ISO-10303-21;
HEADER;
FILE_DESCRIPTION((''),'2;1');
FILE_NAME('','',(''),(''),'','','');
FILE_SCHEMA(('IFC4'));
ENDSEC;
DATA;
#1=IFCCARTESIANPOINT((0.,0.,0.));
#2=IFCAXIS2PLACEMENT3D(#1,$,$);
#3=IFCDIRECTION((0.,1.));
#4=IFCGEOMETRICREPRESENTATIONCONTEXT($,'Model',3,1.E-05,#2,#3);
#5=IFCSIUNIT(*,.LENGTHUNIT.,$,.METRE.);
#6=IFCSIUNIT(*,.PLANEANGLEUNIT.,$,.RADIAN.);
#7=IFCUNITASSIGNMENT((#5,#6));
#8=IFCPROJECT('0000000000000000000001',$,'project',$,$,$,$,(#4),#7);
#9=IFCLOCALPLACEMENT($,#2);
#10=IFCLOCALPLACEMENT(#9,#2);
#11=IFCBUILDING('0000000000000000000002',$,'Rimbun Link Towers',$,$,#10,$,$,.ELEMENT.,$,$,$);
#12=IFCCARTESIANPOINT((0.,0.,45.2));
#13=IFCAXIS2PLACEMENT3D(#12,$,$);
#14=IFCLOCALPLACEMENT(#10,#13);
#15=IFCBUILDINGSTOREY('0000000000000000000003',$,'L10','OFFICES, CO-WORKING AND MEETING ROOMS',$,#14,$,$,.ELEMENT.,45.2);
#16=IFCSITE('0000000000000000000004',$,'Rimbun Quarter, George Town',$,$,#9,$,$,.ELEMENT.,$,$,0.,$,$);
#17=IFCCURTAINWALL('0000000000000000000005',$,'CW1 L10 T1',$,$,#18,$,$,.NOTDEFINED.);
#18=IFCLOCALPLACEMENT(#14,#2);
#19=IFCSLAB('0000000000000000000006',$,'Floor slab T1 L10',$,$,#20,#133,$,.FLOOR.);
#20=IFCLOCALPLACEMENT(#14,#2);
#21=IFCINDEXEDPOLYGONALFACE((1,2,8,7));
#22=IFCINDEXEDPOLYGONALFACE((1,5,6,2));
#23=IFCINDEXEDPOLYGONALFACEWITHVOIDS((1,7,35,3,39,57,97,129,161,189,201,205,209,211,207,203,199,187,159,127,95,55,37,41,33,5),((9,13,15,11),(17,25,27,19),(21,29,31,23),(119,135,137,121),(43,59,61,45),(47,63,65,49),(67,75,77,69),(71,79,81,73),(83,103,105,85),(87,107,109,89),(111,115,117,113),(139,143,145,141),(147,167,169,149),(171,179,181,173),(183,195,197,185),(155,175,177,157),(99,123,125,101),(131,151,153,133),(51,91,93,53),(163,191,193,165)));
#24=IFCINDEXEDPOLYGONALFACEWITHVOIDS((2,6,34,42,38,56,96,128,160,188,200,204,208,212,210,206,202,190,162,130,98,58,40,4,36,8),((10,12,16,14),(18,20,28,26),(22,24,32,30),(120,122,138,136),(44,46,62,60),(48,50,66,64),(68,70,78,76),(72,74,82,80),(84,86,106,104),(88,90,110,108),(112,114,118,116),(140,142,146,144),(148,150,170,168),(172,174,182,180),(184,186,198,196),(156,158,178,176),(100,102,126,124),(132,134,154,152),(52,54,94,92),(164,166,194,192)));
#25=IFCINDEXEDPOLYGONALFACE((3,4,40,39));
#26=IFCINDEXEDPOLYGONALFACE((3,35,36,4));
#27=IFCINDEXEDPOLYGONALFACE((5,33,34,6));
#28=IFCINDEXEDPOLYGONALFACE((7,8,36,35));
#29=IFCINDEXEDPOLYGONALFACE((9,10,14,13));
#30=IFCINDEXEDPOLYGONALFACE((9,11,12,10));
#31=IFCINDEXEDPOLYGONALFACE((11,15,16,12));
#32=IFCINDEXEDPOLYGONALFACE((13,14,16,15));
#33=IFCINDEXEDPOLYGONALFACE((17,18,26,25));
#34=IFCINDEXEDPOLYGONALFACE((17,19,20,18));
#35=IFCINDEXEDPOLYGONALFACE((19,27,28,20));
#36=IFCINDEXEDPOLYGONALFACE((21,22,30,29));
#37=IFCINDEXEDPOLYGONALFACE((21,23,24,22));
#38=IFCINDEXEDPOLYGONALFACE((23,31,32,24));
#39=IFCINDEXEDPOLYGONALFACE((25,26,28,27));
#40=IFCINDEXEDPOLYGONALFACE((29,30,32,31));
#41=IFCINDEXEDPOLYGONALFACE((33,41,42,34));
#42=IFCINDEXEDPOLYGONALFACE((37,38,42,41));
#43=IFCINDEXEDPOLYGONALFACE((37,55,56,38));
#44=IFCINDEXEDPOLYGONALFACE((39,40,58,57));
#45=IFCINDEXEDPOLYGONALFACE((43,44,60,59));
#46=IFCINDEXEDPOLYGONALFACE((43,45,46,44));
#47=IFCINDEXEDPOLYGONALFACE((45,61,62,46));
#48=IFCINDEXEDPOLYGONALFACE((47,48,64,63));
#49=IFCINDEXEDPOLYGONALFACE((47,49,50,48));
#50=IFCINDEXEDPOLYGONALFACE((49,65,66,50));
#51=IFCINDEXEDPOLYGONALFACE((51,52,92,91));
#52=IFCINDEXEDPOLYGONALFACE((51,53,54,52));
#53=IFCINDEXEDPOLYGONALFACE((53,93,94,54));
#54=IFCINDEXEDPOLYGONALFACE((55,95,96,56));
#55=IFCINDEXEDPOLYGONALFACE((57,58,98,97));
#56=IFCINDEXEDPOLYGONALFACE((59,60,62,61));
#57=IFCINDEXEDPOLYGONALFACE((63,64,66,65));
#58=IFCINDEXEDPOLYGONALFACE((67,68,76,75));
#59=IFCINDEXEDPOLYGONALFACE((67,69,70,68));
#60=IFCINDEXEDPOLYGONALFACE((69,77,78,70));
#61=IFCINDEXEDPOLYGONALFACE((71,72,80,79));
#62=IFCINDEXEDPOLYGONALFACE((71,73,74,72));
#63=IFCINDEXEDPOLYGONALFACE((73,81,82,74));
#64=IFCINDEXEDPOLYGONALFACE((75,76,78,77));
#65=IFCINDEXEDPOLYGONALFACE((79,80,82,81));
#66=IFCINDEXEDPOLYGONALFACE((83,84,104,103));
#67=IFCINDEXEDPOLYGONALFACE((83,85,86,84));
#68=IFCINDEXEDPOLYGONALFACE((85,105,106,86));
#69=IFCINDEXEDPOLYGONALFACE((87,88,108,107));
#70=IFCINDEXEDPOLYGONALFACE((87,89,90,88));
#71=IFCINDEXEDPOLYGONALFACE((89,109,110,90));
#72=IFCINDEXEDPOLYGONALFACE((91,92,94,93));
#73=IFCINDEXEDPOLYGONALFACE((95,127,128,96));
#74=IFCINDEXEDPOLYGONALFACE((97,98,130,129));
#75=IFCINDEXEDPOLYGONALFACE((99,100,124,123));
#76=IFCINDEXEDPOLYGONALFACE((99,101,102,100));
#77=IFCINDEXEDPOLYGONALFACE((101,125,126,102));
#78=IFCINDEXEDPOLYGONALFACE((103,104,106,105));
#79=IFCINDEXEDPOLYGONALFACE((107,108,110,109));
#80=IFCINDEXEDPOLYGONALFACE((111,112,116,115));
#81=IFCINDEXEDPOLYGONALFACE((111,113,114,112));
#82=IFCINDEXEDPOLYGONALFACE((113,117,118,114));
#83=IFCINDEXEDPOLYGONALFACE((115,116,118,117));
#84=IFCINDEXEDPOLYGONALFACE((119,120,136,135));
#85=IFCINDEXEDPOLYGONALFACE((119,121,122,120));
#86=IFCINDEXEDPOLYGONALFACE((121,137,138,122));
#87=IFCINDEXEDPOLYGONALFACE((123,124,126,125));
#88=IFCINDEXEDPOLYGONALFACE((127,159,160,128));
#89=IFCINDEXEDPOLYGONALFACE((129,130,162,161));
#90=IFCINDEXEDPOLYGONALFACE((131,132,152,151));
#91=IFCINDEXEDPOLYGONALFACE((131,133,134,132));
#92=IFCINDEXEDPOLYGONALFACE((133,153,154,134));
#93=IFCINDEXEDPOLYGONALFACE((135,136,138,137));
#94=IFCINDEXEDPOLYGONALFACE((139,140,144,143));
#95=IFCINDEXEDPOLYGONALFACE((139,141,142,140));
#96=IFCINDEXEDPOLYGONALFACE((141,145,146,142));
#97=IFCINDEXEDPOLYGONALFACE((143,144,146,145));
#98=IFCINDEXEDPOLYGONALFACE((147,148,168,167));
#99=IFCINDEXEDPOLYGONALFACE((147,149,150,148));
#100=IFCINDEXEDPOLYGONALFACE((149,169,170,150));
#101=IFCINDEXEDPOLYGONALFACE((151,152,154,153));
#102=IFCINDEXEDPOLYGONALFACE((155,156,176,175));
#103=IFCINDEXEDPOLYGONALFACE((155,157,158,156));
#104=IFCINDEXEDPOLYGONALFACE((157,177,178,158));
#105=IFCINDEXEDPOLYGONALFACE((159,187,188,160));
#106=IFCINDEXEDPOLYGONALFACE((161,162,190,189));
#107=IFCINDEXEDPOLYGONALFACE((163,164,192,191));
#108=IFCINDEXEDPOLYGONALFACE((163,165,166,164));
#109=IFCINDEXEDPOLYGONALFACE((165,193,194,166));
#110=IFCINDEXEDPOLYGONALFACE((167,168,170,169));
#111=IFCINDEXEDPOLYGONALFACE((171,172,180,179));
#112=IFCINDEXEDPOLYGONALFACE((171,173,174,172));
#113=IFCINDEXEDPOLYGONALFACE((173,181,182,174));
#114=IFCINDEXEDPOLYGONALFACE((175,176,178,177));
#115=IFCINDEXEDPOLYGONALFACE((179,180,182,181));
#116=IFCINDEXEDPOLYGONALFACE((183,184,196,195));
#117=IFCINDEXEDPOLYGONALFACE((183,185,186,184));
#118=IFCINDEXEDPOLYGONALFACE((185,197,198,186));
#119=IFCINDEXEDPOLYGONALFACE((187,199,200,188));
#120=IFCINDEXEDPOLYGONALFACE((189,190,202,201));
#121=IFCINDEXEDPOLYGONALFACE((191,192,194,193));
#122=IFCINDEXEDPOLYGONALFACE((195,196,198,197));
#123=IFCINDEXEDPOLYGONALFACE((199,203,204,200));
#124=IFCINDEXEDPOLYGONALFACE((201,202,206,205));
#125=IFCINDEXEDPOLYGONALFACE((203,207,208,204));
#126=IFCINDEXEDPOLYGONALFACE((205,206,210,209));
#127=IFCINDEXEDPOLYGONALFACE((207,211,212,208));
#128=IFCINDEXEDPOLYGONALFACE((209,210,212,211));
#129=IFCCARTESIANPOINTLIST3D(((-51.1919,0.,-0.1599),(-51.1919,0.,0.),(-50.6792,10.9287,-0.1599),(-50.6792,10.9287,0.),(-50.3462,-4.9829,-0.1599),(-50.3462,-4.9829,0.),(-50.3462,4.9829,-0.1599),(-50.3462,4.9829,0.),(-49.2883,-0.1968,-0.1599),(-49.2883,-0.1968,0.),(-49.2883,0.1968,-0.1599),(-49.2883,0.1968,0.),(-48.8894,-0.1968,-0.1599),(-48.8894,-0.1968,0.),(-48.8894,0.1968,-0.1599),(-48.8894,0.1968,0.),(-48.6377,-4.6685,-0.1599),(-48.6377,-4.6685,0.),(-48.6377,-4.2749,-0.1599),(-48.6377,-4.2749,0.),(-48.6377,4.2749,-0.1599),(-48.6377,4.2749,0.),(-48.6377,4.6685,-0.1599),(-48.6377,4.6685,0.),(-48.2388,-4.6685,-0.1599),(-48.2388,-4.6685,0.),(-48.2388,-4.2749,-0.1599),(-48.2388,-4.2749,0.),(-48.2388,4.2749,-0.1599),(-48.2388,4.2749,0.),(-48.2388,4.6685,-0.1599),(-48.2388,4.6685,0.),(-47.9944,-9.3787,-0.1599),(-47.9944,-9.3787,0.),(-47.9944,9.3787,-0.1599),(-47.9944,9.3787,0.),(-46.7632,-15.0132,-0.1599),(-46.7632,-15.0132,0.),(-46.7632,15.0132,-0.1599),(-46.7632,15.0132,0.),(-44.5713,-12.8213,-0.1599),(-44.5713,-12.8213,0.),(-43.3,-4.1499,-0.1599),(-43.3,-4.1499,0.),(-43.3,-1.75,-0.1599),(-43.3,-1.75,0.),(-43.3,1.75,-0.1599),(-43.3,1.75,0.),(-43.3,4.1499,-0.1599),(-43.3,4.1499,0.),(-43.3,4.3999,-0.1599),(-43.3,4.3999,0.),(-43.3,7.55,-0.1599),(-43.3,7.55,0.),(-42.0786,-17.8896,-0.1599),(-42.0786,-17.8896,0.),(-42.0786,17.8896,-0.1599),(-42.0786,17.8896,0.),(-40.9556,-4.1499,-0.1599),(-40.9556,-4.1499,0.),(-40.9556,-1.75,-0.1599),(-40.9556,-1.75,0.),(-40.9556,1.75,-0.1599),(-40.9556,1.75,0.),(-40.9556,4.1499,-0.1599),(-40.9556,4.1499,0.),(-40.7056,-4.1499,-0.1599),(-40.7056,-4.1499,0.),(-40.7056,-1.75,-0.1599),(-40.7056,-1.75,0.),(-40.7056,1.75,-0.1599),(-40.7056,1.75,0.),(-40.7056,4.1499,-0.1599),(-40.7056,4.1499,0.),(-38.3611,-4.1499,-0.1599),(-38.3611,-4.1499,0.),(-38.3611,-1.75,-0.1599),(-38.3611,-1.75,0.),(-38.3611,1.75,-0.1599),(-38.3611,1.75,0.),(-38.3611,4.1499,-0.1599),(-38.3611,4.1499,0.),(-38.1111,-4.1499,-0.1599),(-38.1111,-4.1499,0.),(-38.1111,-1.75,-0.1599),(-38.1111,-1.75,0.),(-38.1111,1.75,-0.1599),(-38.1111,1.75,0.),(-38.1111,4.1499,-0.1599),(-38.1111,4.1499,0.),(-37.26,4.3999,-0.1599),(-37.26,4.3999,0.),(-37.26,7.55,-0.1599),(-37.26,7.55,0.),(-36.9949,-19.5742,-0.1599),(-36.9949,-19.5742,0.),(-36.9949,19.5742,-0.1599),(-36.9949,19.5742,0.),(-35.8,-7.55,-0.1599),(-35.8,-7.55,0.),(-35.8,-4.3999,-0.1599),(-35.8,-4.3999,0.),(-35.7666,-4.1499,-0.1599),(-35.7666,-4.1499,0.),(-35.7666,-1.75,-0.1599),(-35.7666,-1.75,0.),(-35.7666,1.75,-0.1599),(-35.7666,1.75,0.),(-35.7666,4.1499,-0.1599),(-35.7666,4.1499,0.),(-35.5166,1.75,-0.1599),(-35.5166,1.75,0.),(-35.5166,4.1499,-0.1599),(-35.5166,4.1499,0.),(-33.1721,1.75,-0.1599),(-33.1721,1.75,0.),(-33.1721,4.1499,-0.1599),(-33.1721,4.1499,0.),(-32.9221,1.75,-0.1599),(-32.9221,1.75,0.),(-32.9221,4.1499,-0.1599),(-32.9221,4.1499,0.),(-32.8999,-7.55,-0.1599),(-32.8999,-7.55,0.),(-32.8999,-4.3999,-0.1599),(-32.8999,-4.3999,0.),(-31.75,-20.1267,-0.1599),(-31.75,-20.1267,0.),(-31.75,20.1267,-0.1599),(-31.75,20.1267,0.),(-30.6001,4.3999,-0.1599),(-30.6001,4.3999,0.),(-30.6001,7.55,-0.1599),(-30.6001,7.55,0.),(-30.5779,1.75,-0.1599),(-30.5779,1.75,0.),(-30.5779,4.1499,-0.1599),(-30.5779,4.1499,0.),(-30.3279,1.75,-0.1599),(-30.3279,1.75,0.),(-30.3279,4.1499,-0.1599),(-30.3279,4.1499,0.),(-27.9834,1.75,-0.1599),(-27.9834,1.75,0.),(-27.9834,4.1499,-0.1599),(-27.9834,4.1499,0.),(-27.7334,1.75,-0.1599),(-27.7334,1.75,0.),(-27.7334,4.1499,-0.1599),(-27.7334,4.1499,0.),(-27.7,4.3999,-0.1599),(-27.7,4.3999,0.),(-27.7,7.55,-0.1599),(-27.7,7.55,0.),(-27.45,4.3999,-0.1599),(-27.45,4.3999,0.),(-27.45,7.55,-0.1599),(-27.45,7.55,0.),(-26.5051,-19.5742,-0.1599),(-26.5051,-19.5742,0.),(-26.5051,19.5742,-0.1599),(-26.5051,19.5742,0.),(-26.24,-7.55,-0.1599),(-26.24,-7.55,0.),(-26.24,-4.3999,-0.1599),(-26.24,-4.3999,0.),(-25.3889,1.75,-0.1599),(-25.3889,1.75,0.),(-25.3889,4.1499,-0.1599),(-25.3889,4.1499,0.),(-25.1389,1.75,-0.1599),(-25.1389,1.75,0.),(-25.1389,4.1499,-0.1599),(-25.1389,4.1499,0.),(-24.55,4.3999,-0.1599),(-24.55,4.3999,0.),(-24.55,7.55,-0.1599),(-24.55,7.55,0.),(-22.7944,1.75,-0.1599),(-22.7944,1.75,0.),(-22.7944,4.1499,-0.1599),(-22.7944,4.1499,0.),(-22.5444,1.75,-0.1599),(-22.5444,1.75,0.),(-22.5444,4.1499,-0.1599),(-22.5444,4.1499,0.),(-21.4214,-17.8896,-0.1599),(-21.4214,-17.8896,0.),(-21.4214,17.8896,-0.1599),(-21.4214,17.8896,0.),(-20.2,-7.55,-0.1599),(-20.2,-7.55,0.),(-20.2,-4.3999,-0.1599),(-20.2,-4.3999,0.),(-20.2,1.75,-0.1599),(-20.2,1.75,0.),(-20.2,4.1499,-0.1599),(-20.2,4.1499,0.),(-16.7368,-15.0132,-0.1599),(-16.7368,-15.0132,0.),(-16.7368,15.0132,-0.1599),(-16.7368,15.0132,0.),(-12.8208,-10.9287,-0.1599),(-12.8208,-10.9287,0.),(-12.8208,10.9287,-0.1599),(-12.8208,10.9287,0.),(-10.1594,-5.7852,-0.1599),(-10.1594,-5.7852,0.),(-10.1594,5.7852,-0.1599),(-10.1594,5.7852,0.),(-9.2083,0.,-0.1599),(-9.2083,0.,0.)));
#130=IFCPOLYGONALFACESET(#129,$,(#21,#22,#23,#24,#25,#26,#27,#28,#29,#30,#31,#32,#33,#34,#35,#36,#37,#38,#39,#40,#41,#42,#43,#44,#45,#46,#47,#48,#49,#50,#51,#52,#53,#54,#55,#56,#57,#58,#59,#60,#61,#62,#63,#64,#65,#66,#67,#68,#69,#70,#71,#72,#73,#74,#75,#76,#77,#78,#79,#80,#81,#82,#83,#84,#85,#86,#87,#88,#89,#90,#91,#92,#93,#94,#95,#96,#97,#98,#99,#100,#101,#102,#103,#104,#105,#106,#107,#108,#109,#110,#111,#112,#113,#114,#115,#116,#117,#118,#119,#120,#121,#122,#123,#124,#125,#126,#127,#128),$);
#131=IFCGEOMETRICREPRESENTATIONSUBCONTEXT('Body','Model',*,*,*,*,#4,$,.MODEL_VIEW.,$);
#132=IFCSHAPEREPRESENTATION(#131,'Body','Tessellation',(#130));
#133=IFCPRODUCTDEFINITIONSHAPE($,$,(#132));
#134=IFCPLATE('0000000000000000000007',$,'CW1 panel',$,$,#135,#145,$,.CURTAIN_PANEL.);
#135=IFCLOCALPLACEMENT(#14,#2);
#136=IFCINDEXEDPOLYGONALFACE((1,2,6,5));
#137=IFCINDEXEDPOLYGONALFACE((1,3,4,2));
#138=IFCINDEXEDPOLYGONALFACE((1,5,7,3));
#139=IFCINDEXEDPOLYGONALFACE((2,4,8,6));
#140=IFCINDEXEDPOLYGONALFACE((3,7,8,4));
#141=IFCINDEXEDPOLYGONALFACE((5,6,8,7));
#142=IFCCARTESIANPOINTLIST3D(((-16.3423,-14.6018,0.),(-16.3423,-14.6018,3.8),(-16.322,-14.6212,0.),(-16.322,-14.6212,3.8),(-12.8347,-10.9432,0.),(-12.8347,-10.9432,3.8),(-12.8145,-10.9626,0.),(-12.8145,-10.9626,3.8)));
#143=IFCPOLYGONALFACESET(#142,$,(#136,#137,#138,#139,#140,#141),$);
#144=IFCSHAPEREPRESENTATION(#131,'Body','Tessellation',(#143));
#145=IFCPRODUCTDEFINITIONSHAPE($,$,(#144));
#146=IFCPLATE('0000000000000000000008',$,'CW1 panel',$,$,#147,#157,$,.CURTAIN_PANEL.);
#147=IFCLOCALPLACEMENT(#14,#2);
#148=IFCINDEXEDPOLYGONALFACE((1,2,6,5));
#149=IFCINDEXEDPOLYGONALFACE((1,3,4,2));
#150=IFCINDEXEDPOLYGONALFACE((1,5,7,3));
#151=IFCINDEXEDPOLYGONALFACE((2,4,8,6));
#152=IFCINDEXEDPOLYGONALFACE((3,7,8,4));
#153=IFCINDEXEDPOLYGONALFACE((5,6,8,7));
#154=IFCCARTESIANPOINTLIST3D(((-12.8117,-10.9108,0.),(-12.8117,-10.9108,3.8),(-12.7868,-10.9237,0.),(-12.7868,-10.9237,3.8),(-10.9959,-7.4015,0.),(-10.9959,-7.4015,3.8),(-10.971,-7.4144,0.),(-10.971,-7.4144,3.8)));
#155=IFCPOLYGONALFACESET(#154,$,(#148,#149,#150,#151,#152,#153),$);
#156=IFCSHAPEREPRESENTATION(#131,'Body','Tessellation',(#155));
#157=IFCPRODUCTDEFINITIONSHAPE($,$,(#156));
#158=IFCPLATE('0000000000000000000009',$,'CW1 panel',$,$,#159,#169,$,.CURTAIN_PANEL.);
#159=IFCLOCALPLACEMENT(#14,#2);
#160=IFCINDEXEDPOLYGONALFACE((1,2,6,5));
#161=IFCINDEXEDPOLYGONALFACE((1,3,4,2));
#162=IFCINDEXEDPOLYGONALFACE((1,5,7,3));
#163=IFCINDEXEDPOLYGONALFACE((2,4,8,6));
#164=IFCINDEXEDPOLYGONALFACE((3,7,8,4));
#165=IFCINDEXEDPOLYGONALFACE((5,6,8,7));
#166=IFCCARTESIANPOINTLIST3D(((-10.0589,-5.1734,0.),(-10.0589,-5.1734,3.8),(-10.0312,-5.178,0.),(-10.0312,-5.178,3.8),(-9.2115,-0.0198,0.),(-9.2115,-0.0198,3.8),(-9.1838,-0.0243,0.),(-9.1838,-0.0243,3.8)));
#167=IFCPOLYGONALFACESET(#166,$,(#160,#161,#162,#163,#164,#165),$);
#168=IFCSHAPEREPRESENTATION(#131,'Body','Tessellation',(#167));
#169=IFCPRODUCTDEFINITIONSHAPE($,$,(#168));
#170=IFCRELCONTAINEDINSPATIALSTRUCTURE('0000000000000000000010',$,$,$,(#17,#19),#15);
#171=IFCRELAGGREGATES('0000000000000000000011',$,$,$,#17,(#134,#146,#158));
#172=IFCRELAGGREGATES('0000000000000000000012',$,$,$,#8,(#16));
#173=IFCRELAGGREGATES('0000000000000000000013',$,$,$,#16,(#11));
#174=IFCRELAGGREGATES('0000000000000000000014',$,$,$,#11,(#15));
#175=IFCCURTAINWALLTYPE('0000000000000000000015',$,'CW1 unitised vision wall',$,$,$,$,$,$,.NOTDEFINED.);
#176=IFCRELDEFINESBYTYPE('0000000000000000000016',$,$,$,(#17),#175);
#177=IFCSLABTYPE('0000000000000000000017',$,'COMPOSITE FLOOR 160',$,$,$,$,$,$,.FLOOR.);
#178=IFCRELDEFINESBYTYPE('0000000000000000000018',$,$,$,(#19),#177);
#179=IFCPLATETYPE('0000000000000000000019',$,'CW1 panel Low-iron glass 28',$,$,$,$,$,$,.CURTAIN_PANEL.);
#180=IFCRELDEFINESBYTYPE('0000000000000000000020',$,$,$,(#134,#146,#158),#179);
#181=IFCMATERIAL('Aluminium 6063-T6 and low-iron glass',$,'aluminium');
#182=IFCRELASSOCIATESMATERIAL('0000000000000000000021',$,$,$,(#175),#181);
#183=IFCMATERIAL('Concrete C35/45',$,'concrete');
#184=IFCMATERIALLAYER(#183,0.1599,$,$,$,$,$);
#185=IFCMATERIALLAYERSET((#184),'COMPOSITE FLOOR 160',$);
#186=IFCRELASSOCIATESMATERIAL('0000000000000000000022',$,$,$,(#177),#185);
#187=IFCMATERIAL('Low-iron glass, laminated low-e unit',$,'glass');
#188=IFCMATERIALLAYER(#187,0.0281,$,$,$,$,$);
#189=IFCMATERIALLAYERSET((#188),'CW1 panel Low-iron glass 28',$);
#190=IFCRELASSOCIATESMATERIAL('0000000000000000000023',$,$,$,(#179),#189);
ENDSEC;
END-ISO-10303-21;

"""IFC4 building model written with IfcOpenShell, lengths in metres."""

from ifc_helpers import new_model, si_unit, direction, frame, origin, origin_2d, place, context, subcontext, project, spatial, polyline, rectangle, outline, extrude, material, layer, layer_set, type_object, element, aggregate, save


model = new_model("IFC4")

# Units and contexts
model_context = context("Model", 3, precision=1e-05, world=origin(), true_north=direction((0.0, 1.0)))
body_context = subcontext(model_context, "Body", "Model", "MODEL_VIEW")
ifc_project = project(units=[si_unit("LENGTHUNIT", "METRE"), si_unit("PLANEANGLEUNIT", "RADIAN")], contexts=[model_context])

# Site, building, storey
site_placement = place(None, origin())
site = spatial("IfcSite", under=ifc_project, at=site_placement, Name="Rimbun Quarter, George Town", CompositionType="ELEMENT", RefElevation=0.0)
building_placement = place(site_placement, origin())
building = spatial("IfcBuilding", under=site, at=building_placement, Name="Rimbun Link Towers", CompositionType="ELEMENT")
storey_placement = place(building_placement, frame((0.0, 0.0, 45.2)))
storey = spatial("IfcBuildingStorey", under=building, at=storey_placement, Name="L10", Description="OFFICES, CO-WORKING AND MEETING ROOMS", CompositionType="ELEMENT", Elevation=45.2)

# Curtain wall
ifc_material_1 = material(Name="Aluminium 6063-T6 and low-iron glass", Category="aluminium")
curtain_wall_type = type_object("IfcCurtainWallType", Name="CW1 unitised vision wall", PredefinedType="NOTDEFINED", material=ifc_material_1)
curtain_wall_placement = place(storey_placement, origin())
curtain_wall = element("IfcCurtainWall", 1, at=curtain_wall_placement, inside=storey, type_object=curtain_wall_type, Name="CW1 L10 T1", PredefinedType="NOTDEFINED")

# Slab
ifc_material_2 = material(Name="Concrete C35/45", Category="concrete")
ifc_layer_1 = layer(ifc_material_2, 0.1599)
ifc_layer_set_1 = layer_set([ifc_layer_1], Name="COMPOSITE FLOOR 160")
slab_type = type_object("IfcSlabType", Name="COMPOSITE FLOOR 160", PredefinedType="FLOOR", material=ifc_layer_set_1)
slab_placement = place(storey_placement, frame((0.0, 0.0, -0.1599)))
element("IfcSlab", 2, at=slab_placement, inside=storey, type_object=slab_type, Name="Floor slab T1 L10", PredefinedType="FLOOR", context=body_context, shape_type="SweptSolid", body=[
    extrude(outline(polyline([(-46.7632, 15.0132), (-42.0786, 17.8896), (-36.9949, 19.5742), (-31.75, 20.1267), (-26.5051, 19.5742), (-21.4214, 17.8896), (-16.7368, 15.0132), (-12.8208, 10.9287), (-10.1594, 5.7852), (-9.2083, 0.0), (-10.1594, -5.7852), (-12.8208, -10.9287), (-16.7368, -15.0132), (-21.4214, -17.8896), (-26.5051, -19.5742), (-31.75, -20.1267), (-36.9949, -19.5742), (-42.0786, -17.8896), (-46.7632, -15.0132), (-44.5713, -12.8213), (-47.9944, -9.3787), (-50.3462, -4.9829), (-51.1919, 0.0), (-50.3462, 4.9829), (-47.9944, 9.3787), (-50.6792, 10.9287), (-46.7632, 15.0132)]), holes=[polyline([(-48.2388, -4.6685), (-48.2388, -4.2749), (-48.6377, -4.2749), (-48.6377, -4.6685), (-48.2388, -4.6685)]), polyline([(-40.9556, -4.1499), (-40.9556, -1.75), (-43.3, -1.75), (-43.3, -4.1499), (-40.9556, -4.1499)]), polyline([(-38.3611, -4.1499), (-38.3611, -1.75), (-40.7056, -1.75), (-40.7056, -4.1499), (-38.3611, -4.1499)]), polyline([(-38.1111, -4.1499), (-35.7666, -4.1499), (-35.7666, -1.75), (-38.1111, -1.75), (-38.1111, -4.1499)]), polyline([(-49.2883, -0.1968), (-48.8894, -0.1968), (-48.8894, 0.1968), (-49.2883, 0.1968), (-49.2883, -0.1968)]), polyline([(-40.9556, 1.75), (-40.9556, 4.1499), (-43.3, 4.1499), (-43.3, 1.75), (-40.9556, 1.75)]), polyline([(-38.3611, 1.75), (-38.3611, 4.1499), (-40.7056, 4.1499), (-40.7056, 1.75), (-38.3611, 1.75)]), polyline([(-35.7666, 1.75), (-35.7666, 4.1499), (-38.1111, 4.1499), (-38.1111, 1.75), (-35.7666, 1.75)]), polyline([(-48.6377, 4.2749), (-48.2388, 4.2749), (-48.2388, 4.6685), (-48.6377, 4.6685), (-48.6377, 4.2749)]), polyline([(-43.3, 4.3999), (-37.26, 4.3999), (-37.26, 7.55), (-43.3, 7.55), (-43.3, 4.3999)]), polyline([(-32.8999, -7.55), (-32.8999, -4.3999), (-35.8, -4.3999), (-35.8, -7.55), (-32.8999, -7.55)]), polyline([(-20.2, -7.55), (-20.2, -4.3999), (-26.24, -4.3999), (-26.24, -7.55), (-20.2, -7.55)]), polyline([(-33.1721, 1.75), (-33.1721, 4.1499), (-35.5166, 4.1499), (-35.5166, 1.75), (-33.1721, 1.75)]), polyline([(-32.9221, 1.75), (-30.5779, 1.75), (-30.5779, 4.1499), (-32.9221, 4.1499), (-32.9221, 1.75)]), polyline([(-30.3279, 1.75), (-27.9834, 1.75), (-27.9834, 4.1499), (-30.3279, 4.1499), (-30.3279, 1.75)]), polyline([(-25.3889, 1.75), (-25.3889, 4.1499), (-27.7334, 4.1499), (-27.7334, 1.75), (-25.3889, 1.75)]), polyline([(-22.7944, 1.75), (-22.7944, 4.1499), (-25.1389, 4.1499), (-25.1389, 1.75), (-22.7944, 1.75)]), polyline([(-20.2, 1.75), (-20.2, 4.1499), (-22.5444, 4.1499), (-22.5444, 1.75), (-20.2, 1.75)]), polyline([(-30.6001, 4.3999), (-27.7, 4.3999), (-27.7, 7.55), (-30.6001, 7.55), (-30.6001, 4.3999)]), polyline([(-27.45, 4.3999), (-24.55, 4.3999), (-24.55, 7.55), (-27.45, 7.55), (-27.45, 4.3999)])]), origin(), (0.0, 0.0, 1.0), 0.1599),
])

# Plates
ifc_material_3 = material(Name="Low-iron glass, laminated low-e unit", Category="glass")
ifc_layer_2 = layer(ifc_material_3, 0.0281)
ifc_layer_set_2 = layer_set([ifc_layer_2], Name="CW1 panel Low-iron glass 28")
plate_type = type_object("IfcPlateType", Name="CW1 panel Low-iron glass 28", PredefinedType="CURTAIN_PANEL", material=ifc_layer_set_2)
plate_1_placement = place(storey_placement, frame((-14.5784, -12.7822, 0.0), z_axis=(0.0, 0.0, 1.0), x_axis=(-0.692052, -0.721848, 0.0)))
plate_1 = element("IfcPlate", 3, at=plate_1_placement, type_object=plate_type, Name="CW1 panel", PredefinedType="CURTAIN_PANEL", context=body_context, shape_type="SweptSolid", body=[
    extrude(rectangle(XDim=5.0684, YDim=0.0281, at=origin_2d()), origin(), (0.0, 0.0, 1.0), 3.8),
])
plate_2_placement = place(storey_placement, frame((-11.8914, -9.1626, 0.0), z_axis=(0.0, 0.0, 1.0), x_axis=(-0.459555, -0.888149, 0.0)))
plate_2 = element("IfcPlate", 4, at=plate_2_placement, type_object=plate_type, Name="CW1 panel", PredefinedType="CURTAIN_PANEL", context=body_context, shape_type="SweptSolid", body=[
    extrude(rectangle(XDim=3.9512, YDim=0.0281, at=origin_2d()), origin(), (0.0, 0.0, 1.0), 3.8),
])
plate_3_placement = place(storey_placement, frame((-9.6213, -2.5989, 0.0), z_axis=(0.0, 0.0, 1.0), x_axis=(-0.162258, -0.986748, 0.0)))
plate_3 = element("IfcPlate", 5, at=plate_3_placement, type_object=plate_type, Name="CW1 panel", PredefinedType="CURTAIN_PANEL", context=body_context, shape_type="SweptSolid", body=[
    extrude(rectangle(XDim=5.2229, YDim=0.0281, at=origin_2d()), origin(), (0.0, 0.0, 1.0), 3.8),
])
aggregate(curtain_wall, [plate_1, plate_2, plate_3])

save(model, "model.ifc")
